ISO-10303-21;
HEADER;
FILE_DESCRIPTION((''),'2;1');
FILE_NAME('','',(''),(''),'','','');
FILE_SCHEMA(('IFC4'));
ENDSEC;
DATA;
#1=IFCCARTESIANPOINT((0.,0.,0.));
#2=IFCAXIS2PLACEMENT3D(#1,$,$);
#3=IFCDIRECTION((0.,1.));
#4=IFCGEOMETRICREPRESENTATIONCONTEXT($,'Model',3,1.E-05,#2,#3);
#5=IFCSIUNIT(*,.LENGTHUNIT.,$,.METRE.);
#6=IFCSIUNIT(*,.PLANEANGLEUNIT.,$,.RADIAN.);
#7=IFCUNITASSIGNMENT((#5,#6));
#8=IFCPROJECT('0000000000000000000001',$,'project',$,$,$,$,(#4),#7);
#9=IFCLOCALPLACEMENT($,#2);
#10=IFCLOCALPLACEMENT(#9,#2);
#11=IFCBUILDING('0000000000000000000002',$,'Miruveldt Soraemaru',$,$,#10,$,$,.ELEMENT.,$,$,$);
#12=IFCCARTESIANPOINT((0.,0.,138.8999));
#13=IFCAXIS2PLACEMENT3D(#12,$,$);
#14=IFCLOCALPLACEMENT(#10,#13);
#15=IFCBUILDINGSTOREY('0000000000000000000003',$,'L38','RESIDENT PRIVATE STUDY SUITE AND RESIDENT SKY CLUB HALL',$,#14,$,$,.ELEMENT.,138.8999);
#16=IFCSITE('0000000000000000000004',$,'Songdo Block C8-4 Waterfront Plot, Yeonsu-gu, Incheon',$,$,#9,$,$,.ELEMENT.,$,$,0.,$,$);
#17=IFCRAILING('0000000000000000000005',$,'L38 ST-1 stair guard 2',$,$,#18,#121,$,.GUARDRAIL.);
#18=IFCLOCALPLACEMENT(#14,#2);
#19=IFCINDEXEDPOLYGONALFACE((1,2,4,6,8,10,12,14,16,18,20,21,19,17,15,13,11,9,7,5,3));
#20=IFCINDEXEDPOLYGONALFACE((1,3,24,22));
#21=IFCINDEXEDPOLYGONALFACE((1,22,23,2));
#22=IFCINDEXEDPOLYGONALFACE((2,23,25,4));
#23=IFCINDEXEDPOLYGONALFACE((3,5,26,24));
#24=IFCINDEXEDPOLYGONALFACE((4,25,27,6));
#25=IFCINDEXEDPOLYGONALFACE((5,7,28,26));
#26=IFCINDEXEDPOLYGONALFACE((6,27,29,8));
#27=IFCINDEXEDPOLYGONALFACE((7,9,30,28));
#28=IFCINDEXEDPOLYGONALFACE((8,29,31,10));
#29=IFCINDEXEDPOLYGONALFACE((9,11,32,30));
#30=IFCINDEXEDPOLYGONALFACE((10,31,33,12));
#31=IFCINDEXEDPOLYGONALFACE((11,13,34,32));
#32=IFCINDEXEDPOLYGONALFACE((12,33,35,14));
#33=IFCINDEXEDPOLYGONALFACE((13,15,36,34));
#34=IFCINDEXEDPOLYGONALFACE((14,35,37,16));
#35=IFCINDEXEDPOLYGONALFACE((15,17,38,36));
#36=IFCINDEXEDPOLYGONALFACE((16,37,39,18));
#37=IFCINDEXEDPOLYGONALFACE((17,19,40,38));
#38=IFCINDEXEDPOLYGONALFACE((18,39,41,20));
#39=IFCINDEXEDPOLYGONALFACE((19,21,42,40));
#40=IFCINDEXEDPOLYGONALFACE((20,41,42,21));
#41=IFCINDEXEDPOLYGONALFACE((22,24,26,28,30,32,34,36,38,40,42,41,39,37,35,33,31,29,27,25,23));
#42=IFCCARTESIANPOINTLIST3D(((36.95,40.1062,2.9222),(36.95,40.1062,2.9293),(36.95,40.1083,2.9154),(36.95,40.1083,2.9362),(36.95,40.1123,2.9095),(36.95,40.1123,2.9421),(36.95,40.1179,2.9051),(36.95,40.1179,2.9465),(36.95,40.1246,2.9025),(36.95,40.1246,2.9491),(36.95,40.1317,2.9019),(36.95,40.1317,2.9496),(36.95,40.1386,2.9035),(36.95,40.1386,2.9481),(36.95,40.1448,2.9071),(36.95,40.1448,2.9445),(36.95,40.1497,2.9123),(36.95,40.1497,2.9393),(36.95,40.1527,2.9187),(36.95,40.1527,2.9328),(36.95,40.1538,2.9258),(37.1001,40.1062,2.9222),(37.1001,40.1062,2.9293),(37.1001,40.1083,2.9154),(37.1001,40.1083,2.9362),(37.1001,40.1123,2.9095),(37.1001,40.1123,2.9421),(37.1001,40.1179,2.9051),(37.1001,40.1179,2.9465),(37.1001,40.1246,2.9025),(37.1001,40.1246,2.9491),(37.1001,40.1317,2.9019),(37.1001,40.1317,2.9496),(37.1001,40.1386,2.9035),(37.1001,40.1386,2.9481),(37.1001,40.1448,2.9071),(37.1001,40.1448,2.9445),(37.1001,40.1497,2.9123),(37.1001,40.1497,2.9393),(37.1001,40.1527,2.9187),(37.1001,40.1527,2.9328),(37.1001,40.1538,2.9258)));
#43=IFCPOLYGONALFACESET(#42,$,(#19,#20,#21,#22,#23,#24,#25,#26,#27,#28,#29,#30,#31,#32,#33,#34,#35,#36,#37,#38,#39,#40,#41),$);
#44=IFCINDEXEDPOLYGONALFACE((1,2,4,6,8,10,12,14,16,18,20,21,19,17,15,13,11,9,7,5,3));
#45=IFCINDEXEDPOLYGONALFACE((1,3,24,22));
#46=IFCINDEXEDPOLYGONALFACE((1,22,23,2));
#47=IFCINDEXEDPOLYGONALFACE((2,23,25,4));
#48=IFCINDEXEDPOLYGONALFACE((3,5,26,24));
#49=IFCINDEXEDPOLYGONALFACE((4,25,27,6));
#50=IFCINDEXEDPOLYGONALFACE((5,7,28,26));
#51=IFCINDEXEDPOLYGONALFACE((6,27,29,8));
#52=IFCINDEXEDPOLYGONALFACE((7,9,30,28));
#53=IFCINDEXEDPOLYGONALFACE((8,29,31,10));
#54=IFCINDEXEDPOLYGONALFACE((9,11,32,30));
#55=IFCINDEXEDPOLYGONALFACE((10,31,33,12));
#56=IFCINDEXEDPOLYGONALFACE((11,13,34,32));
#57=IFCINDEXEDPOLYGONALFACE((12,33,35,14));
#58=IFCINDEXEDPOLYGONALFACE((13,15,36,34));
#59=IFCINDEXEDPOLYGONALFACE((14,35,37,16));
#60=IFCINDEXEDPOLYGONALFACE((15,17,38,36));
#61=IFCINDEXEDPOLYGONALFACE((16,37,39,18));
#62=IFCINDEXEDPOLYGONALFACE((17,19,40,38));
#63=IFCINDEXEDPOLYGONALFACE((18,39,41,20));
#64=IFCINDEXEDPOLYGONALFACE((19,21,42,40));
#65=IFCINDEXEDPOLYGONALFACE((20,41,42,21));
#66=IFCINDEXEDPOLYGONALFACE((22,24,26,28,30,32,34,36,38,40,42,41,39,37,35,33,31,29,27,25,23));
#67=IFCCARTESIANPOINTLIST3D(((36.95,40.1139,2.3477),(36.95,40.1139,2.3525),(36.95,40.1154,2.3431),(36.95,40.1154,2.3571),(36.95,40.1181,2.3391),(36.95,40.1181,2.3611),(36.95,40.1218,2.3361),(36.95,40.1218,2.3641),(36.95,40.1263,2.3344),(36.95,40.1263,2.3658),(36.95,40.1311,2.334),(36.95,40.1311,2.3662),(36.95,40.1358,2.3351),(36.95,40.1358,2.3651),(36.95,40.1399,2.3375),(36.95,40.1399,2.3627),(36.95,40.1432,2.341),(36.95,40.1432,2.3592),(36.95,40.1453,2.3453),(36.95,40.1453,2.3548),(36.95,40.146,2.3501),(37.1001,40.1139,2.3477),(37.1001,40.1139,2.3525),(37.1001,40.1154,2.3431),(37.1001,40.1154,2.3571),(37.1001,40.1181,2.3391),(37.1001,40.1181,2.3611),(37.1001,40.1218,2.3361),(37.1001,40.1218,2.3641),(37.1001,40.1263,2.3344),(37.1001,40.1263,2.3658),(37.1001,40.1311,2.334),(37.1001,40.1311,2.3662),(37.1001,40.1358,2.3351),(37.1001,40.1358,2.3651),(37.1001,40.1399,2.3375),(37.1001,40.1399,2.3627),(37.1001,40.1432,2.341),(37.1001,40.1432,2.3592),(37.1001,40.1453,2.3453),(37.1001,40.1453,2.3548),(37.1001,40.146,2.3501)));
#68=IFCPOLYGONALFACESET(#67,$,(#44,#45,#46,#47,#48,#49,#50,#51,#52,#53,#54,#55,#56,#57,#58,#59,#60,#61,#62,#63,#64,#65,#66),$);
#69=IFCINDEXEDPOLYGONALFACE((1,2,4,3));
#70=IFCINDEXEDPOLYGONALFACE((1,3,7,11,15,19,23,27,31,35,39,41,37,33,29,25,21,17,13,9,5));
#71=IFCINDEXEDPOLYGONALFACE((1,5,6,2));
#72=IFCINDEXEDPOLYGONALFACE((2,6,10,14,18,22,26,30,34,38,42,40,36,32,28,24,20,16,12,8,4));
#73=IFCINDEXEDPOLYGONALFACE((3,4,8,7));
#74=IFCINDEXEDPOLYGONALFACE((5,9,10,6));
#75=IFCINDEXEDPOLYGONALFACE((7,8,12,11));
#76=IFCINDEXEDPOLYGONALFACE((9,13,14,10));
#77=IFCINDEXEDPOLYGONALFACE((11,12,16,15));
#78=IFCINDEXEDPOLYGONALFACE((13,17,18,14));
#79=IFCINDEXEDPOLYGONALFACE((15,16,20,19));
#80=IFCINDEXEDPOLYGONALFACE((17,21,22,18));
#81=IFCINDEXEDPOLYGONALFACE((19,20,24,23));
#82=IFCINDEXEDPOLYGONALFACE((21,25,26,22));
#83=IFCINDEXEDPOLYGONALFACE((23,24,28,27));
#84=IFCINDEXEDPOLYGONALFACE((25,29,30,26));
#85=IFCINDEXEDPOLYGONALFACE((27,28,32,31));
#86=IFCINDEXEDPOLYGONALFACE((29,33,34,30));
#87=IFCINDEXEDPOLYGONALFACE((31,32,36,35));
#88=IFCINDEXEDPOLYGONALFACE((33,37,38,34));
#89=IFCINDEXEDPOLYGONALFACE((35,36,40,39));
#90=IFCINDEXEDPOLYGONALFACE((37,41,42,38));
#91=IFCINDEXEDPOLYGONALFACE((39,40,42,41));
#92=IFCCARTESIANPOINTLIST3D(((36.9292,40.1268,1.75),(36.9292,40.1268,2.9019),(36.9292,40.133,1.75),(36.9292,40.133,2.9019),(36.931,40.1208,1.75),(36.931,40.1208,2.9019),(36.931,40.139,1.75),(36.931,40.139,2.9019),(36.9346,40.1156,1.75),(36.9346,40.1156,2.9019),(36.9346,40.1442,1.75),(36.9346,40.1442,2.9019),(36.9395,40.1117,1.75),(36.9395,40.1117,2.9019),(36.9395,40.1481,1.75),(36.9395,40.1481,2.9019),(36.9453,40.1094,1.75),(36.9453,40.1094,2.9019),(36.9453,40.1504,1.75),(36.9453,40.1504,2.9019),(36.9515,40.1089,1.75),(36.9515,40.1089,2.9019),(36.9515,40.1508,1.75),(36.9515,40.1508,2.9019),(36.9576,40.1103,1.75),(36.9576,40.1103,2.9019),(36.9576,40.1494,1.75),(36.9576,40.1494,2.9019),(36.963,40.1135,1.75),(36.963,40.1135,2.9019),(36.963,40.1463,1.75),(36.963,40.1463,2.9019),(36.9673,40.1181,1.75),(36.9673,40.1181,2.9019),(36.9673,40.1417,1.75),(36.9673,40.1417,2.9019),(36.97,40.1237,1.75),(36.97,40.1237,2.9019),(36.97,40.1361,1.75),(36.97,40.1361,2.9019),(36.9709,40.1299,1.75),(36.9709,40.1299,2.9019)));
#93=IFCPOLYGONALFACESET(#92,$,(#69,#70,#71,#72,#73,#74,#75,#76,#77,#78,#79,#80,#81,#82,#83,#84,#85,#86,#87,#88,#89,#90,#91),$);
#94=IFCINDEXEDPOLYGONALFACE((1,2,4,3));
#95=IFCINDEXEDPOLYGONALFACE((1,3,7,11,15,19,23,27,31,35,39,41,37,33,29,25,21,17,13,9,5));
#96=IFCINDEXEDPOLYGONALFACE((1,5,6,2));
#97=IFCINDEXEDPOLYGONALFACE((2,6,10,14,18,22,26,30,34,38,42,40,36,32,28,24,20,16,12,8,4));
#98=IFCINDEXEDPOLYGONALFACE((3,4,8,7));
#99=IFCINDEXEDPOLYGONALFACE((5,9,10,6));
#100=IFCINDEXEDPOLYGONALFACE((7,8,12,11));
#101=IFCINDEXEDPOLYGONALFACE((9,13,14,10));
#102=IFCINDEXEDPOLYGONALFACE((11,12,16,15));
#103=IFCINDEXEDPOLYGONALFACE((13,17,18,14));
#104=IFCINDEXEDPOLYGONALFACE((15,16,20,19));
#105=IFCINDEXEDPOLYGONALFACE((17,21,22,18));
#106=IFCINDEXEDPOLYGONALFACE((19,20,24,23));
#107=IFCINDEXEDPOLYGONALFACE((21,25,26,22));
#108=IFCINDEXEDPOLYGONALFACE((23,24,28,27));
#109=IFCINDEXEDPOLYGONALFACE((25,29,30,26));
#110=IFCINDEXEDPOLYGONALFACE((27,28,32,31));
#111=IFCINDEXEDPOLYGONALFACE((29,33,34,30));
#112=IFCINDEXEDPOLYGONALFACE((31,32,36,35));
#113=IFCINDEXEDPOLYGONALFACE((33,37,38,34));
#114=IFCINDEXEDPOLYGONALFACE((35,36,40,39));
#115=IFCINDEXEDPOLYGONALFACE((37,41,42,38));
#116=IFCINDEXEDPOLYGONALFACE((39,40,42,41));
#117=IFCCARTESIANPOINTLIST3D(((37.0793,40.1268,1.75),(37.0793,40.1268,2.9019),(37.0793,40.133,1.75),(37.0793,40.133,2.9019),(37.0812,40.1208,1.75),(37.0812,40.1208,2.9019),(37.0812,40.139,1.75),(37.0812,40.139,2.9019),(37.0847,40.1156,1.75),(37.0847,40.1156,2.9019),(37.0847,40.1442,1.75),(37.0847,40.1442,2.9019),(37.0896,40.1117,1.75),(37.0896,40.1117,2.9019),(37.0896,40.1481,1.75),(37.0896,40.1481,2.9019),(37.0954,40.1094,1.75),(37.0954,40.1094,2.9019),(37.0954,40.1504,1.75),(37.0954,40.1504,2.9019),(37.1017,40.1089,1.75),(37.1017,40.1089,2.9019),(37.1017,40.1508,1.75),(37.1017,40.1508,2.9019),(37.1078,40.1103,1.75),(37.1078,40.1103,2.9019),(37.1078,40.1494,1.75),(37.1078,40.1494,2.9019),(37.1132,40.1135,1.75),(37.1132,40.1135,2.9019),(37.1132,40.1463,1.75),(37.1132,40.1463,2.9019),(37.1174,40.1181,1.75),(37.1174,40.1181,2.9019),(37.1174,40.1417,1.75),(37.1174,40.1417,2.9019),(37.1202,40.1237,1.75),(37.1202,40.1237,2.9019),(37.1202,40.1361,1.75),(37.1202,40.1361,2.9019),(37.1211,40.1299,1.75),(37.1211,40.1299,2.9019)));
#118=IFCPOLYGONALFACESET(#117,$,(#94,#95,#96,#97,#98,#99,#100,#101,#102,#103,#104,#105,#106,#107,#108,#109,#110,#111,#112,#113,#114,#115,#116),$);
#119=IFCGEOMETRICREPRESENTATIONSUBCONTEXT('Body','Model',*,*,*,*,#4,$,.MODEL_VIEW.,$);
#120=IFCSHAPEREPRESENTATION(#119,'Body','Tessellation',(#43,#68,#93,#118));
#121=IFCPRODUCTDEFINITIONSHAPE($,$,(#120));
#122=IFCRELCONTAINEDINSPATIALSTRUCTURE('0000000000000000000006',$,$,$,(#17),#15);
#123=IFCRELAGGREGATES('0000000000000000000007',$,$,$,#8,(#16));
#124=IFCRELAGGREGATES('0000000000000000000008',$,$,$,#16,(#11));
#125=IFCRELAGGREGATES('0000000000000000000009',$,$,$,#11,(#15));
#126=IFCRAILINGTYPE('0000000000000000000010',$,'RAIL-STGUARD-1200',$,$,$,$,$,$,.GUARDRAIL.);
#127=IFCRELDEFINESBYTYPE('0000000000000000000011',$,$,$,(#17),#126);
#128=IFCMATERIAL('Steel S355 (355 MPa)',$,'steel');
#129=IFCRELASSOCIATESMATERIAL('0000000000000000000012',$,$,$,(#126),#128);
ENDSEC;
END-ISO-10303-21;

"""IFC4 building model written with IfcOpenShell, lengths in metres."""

from ifc_helpers import new_model, si_unit, direction, frame, origin, origin_2d, place, context, subcontext, project, spatial, circle, extrude, material, type_object, element, save


model = new_model("IFC4")

# Units and contexts
model_context = context("Model", 3, precision=1e-05, world=origin(), true_north=direction((0.0, 1.0)))
body_context = subcontext(model_context, "Body", "Model", "MODEL_VIEW")
ifc_project = project(units=[si_unit("LENGTHUNIT", "METRE"), si_unit("PLANEANGLEUNIT", "RADIAN")], contexts=[model_context])

# Site, building, storey
site_placement = place(None, origin())
site = spatial("IfcSite", under=ifc_project, at=site_placement, Name="Songdo Block C8-4 Waterfront Plot, Yeonsu-gu, Incheon", CompositionType="ELEMENT", RefElevation=0.0)
building_placement = place(site_placement, origin())
building = spatial("IfcBuilding", under=site, at=building_placement, Name="Miruveldt Soraemaru", CompositionType="ELEMENT")
storey_placement = place(building_placement, frame((0.0, 0.0, 138.8999)))
storey = spatial("IfcBuildingStorey", under=building, at=storey_placement, Name="L38", Description="RESIDENT PRIVATE STUDY SUITE AND RESIDENT SKY CLUB HALL", CompositionType="ELEMENT", Elevation=138.8999)

# Railing
ifc_material_1 = material(Name="Steel S355 (355 MPa)", Category="steel")
railing_type_1 = type_object("IfcRailingType", Name="RAIL-STGUARD-1200", PredefinedType="GUARDRAIL", material=ifc_material_1)
railing_1_placement = place(storey_placement, frame((36.95, 40.1299, 1.75)))
element("IfcRailing", 1, at=railing_1_placement, inside=storey, type_object=railing_type_1, Name="L38 ST-1 stair guard 2", PredefinedType="GUARDRAIL", context=body_context, shape_type="SweptSolid", body=[
    extrude(circle(Radius=0.0239, at=origin_2d()), frame((0.0, 0.0, 1.1758), z_axis=(1.0, 0.0, 0.0), x_axis=(0.0, 1.0, 0.0)), (0.0, 0.0, 1.0), 0.1501),
    extrude(circle(Radius=0.0161, at=origin_2d()), frame((0.0, 0.0, 0.6001), z_axis=(1.0, 0.0, 0.0), x_axis=(0.0, 1.0, 0.0)), (0.0, 0.0, 1.0), 0.1501),
    extrude(circle(Radius=0.021, at=origin_2d()), origin(), (0.0, 0.0, 1.0), 1.1519),
    extrude(circle(Radius=0.021, at=origin_2d()), frame((0.1501, 0.0, 0.0)), (0.0, 0.0, 1.0), 1.1519),
])

save(model, "model.ifc")
